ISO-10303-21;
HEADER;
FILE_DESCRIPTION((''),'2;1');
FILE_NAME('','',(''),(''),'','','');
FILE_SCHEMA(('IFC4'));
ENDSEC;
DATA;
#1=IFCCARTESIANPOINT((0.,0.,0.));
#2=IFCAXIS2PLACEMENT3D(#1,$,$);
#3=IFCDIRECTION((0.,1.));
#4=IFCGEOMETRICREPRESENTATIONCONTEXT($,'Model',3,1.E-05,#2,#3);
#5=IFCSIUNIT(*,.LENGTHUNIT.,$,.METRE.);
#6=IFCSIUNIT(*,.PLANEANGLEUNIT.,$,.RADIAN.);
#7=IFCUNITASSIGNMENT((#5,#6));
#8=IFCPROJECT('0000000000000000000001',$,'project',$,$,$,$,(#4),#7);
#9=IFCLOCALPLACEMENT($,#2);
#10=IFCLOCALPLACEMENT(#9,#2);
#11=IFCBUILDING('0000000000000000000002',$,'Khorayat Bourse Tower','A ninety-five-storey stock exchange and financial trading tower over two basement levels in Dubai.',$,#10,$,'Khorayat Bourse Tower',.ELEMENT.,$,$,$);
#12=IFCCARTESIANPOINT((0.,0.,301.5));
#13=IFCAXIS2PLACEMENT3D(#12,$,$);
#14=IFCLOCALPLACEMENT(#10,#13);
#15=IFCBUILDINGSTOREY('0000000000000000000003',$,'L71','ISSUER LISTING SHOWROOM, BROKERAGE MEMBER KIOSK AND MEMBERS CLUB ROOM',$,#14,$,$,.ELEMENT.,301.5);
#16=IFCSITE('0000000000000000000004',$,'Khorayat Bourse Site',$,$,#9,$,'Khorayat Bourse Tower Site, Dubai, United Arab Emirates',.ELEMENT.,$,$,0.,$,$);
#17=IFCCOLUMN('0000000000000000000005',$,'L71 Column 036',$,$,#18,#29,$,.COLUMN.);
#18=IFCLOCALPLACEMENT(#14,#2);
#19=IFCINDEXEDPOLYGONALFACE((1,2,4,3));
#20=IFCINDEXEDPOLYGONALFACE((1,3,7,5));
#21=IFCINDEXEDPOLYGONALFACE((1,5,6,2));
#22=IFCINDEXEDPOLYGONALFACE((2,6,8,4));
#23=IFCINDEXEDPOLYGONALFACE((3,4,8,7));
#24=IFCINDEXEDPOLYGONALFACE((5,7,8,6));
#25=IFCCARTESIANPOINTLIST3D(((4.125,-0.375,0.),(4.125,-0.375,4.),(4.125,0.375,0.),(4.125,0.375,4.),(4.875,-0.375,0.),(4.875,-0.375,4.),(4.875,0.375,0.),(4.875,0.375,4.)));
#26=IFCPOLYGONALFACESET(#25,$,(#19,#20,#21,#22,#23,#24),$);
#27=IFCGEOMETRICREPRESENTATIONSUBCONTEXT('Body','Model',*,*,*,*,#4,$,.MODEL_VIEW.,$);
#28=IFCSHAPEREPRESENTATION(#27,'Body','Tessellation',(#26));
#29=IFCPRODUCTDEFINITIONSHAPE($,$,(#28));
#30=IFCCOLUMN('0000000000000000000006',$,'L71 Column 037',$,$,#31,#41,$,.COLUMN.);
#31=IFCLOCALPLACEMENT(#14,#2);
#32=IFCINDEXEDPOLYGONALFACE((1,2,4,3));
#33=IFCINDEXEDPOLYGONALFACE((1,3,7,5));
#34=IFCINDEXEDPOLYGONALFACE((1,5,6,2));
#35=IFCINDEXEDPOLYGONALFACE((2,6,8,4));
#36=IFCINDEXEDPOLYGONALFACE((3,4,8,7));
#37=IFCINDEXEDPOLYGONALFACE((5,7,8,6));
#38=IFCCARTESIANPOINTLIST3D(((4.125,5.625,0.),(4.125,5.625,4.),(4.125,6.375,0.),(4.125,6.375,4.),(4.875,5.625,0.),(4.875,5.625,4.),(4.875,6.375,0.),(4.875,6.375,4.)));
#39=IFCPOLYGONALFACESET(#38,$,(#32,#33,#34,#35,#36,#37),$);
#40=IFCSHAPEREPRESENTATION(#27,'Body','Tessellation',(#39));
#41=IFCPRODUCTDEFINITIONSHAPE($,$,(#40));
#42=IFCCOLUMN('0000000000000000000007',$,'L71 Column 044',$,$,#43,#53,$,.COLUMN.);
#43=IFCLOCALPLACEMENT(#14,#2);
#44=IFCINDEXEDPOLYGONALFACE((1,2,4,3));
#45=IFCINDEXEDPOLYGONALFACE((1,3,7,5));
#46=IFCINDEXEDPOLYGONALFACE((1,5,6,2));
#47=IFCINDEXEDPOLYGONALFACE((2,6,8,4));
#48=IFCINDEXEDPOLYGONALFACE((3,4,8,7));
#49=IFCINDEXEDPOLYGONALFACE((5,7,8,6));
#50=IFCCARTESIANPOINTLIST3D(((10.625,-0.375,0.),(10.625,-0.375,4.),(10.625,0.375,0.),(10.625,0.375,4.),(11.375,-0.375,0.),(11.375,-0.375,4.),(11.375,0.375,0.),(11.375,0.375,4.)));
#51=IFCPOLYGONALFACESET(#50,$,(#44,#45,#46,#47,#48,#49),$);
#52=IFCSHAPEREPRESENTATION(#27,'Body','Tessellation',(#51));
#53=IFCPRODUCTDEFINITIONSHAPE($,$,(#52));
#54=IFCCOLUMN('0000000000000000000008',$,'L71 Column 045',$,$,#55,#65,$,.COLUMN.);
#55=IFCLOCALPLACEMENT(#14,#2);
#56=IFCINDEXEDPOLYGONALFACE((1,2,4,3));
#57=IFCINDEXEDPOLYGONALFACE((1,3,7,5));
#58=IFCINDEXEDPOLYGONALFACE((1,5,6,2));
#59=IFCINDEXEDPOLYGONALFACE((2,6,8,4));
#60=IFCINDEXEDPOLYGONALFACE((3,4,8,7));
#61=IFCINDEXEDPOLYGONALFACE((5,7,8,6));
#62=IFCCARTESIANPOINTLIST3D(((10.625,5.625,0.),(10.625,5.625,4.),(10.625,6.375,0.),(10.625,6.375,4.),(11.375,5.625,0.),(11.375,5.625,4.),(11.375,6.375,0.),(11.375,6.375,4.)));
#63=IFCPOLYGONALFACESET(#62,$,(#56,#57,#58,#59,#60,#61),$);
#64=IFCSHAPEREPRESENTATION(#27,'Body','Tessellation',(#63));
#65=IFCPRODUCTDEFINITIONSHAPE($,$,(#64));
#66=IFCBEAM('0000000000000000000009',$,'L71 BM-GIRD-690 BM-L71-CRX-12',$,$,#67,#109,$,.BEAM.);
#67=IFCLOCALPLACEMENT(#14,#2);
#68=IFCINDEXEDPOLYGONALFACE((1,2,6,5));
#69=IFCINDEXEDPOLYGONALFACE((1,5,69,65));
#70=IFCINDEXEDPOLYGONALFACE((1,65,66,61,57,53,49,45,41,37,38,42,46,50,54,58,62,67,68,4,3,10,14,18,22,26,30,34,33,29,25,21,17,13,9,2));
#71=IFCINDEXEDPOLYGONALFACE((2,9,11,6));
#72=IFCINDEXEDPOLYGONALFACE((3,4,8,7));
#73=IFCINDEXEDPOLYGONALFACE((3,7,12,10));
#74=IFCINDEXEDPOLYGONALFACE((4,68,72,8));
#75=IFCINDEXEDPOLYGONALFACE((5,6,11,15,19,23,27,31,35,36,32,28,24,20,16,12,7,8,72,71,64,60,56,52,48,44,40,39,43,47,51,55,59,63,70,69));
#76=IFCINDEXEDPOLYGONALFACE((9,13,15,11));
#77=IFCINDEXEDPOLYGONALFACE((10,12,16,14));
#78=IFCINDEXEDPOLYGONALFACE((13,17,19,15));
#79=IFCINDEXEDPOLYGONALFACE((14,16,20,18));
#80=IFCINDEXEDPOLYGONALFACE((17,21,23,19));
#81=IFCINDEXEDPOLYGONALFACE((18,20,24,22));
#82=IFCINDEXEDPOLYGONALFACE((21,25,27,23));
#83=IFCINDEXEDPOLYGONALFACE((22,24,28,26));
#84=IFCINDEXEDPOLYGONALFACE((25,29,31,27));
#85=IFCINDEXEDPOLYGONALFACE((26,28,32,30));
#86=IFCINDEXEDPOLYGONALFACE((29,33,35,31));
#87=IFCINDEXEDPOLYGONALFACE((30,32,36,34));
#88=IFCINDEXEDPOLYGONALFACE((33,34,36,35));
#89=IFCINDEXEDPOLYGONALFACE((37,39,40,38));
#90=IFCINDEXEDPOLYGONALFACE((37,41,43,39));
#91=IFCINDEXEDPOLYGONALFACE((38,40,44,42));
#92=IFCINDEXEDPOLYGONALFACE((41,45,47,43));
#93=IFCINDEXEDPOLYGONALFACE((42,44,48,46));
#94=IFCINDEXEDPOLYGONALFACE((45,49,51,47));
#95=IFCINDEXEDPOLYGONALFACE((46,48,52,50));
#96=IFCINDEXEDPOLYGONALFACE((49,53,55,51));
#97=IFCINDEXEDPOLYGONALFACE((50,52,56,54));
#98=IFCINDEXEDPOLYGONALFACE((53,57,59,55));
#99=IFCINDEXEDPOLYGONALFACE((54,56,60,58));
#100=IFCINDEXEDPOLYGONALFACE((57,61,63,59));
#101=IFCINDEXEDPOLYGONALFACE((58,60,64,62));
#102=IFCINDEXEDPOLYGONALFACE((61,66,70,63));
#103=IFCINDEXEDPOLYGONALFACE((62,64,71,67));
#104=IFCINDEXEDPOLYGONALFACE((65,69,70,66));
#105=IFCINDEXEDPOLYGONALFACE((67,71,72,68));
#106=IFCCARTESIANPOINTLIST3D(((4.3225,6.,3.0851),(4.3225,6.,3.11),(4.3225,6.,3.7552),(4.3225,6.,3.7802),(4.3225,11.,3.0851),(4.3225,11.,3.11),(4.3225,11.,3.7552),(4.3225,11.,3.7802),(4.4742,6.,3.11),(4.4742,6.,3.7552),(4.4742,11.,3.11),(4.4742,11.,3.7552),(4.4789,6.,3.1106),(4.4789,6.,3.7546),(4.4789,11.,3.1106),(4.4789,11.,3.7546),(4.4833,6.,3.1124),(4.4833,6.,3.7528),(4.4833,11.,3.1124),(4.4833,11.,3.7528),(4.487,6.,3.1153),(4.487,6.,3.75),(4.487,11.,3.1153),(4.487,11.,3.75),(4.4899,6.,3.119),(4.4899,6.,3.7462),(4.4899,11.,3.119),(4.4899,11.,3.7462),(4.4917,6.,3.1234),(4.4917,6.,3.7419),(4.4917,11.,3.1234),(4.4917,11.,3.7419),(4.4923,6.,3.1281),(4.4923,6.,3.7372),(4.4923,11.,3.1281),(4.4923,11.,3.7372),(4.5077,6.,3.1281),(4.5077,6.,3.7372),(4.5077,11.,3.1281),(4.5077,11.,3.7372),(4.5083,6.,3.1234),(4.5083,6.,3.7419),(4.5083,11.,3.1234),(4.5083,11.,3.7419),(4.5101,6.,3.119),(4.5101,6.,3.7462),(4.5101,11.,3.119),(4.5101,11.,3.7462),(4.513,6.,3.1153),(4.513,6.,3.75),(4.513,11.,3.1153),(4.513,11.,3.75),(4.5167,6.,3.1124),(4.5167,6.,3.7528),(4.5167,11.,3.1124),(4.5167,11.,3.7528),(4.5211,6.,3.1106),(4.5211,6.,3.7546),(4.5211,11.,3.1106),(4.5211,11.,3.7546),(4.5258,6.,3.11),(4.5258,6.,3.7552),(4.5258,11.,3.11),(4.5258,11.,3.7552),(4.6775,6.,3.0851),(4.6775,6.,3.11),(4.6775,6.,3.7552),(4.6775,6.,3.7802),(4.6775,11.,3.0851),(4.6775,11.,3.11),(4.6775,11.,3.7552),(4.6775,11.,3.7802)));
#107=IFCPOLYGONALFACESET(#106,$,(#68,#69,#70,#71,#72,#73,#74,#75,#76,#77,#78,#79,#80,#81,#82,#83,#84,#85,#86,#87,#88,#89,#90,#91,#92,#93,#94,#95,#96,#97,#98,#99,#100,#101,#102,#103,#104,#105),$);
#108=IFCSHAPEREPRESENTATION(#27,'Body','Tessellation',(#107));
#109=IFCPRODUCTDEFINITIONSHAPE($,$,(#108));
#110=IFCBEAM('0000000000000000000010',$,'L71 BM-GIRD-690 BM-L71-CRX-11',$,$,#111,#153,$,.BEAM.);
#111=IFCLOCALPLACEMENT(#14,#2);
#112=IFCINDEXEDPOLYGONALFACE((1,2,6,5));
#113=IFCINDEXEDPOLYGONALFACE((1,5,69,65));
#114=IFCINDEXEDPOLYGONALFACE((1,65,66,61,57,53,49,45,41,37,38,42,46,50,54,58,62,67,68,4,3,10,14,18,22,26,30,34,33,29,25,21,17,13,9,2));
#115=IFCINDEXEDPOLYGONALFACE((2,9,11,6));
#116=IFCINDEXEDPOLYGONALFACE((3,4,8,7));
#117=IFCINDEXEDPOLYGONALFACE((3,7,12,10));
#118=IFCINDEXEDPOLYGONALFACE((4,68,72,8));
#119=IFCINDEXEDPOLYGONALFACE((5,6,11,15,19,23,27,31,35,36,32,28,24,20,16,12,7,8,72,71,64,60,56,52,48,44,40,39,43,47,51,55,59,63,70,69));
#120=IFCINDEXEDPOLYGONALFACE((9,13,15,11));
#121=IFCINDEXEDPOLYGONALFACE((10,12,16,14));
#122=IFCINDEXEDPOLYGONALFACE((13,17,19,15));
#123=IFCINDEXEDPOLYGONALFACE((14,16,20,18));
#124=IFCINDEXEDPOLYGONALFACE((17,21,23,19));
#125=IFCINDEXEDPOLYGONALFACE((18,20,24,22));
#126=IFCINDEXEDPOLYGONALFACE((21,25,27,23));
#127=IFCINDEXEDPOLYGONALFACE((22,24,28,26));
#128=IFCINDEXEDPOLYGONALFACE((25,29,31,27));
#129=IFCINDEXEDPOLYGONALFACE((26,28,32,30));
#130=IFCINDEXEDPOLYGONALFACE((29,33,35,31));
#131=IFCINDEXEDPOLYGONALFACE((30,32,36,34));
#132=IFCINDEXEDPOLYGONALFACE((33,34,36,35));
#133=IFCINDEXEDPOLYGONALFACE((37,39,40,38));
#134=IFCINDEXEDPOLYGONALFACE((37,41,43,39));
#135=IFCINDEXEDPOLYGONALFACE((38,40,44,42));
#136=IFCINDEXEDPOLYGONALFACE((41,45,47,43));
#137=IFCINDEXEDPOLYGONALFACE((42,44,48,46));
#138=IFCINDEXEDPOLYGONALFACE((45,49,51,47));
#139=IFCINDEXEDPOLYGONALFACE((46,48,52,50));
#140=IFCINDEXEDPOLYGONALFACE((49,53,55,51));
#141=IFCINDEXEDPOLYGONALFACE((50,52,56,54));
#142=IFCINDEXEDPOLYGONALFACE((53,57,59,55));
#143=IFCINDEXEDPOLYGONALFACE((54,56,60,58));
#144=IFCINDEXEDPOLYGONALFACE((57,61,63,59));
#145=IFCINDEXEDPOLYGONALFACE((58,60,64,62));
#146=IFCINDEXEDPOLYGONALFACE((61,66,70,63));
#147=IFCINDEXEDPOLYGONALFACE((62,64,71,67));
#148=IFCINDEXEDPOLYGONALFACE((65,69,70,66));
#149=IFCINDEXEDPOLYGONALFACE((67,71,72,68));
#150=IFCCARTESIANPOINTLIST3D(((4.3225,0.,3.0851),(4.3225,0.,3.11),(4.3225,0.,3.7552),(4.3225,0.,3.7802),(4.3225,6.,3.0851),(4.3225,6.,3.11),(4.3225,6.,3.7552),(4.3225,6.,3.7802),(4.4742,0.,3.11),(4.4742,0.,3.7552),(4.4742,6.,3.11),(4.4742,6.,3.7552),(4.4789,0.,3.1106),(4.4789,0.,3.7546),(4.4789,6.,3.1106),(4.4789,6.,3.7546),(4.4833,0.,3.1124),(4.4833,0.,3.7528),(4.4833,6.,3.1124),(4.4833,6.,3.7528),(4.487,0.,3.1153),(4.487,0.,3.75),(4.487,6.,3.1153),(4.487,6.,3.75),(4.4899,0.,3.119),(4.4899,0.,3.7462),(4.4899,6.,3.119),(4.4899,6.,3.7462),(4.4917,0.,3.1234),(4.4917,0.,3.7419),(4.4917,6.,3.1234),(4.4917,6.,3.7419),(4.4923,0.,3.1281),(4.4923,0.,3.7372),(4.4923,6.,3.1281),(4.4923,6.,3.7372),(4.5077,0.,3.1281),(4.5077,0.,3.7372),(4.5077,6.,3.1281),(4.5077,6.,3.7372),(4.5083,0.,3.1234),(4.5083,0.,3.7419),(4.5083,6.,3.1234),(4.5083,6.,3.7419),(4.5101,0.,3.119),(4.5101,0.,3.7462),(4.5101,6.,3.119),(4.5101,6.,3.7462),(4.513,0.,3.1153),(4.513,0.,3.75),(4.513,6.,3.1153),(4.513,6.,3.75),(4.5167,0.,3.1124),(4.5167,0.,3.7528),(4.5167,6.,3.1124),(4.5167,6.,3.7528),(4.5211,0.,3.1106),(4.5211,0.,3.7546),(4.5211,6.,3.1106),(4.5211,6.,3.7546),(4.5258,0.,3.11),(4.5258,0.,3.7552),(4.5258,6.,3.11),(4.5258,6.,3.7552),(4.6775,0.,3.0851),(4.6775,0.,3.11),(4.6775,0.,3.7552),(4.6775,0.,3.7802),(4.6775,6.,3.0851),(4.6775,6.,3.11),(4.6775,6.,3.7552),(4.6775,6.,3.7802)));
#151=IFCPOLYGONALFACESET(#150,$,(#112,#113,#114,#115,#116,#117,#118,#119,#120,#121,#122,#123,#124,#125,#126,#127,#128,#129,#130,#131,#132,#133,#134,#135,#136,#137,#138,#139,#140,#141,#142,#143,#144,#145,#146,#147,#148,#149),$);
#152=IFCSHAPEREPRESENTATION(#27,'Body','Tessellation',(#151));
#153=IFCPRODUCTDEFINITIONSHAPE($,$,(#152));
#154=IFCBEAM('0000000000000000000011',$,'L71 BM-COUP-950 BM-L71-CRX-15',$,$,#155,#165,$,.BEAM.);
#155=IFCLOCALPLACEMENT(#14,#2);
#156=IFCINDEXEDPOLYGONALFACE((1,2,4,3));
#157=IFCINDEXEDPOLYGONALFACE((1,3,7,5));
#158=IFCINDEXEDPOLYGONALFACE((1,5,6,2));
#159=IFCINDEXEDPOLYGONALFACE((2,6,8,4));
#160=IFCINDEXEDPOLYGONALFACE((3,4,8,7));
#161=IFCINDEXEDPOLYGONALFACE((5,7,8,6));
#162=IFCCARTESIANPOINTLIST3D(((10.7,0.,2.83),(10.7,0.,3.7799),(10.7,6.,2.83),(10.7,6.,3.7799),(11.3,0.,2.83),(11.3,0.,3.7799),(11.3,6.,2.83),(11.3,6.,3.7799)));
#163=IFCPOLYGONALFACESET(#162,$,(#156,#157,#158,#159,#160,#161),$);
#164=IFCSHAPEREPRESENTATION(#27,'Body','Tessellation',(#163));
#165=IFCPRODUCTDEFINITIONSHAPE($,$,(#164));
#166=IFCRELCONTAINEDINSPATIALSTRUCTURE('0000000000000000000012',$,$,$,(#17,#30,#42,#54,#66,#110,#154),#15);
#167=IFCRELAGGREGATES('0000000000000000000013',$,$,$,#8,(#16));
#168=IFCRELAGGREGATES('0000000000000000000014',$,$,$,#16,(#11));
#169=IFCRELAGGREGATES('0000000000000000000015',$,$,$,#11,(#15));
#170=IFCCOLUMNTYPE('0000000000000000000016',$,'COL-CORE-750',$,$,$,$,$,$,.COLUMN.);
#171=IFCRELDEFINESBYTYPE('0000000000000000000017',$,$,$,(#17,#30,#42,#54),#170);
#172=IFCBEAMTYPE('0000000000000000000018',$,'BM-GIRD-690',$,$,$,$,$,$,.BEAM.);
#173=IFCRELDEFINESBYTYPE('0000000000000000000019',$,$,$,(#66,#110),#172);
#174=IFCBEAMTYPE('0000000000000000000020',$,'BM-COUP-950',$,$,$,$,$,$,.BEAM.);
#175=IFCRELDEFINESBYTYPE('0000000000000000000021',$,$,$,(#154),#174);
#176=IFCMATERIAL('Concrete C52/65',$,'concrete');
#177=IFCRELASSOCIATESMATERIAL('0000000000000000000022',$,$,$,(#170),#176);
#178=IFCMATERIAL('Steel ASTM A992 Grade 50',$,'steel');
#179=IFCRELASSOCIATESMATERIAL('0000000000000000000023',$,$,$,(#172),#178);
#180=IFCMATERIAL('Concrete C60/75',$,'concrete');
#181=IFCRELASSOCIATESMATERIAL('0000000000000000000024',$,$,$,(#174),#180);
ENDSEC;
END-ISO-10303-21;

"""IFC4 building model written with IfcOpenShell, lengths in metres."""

from ifc_helpers import new_model, si_unit, direction, frame, origin, origin_2d, place, context, subcontext, project, spatial, rectangle, i_section, extrude, source, transform, mapped, material, material_profile, profile_set, type_object, element, save


model = new_model("IFC4")

# Units and contexts
model_context = context("Model", 3, precision=1e-05, world=origin(), true_north=direction((0.0, 1.0)))
body_context = subcontext(model_context, "Body", "Model", "MODEL_VIEW")
ifc_project = project(units=[si_unit("LENGTHUNIT", "METRE"), si_unit("PLANEANGLEUNIT", "RADIAN")], contexts=[model_context])

# Site, building, storey
site_placement = place(None, origin())
site = spatial("IfcSite", under=ifc_project, at=site_placement, Name="Khorayat Bourse Site", LongName="Khorayat Bourse Tower Site, Dubai, United Arab Emirates", CompositionType="ELEMENT", RefElevation=0.0)
building_placement = place(site_placement, origin())
building = spatial("IfcBuilding", under=site, at=building_placement, Name="Khorayat Bourse Tower", Description="A ninety-five-storey stock exchange and financial trading tower over two basement levels in Dubai.", LongName="Khorayat Bourse Tower", CompositionType="ELEMENT")
storey_placement = place(building_placement, frame((0.0, 0.0, 301.5)))
storey = spatial("IfcBuildingStorey", under=building, at=storey_placement, Name="L71", Description="ISSUER LISTING SHOWROOM, BROKERAGE MEMBER KIOSK AND MEMBERS CLUB ROOM", CompositionType="ELEMENT", Elevation=301.5)

# Columns
ifc_material_1 = material(Name="Concrete C52/65", Category="concrete")
ifc_material_profile_1 = material_profile(ifc_material_1, rectangle(XDim=0.75, YDim=0.75, at=origin_2d()), Name="RC 750x750")
ifc_profile_set_1 = profile_set([ifc_material_profile_1], Name="Concrete C52/65")
column_type = type_object("IfcColumnType", Name="COL-CORE-750", PredefinedType="COLUMN", material=ifc_profile_set_1)
shared_shape_1 = source(origin(), body_context, "Body", "SweptSolid", [
    extrude(rectangle(XDim=0.75, YDim=0.75, at=origin_2d()), origin(), (0.0, 0.0, 1.0), 4.0),
])
for number, where, z_axis, x_axis, name in (
    (1, (4.5, 0.0, 0.0), (0.0, 0.0, 1.0), (1.0, 0.0, 0.0), "L71 Column 036"),
    (2, (4.5, 6.0, 0.0), (0.0, 0.0, 1.0), (1.0, 0.0, 0.0), "L71 Column 037"),
    (3, (11.0, 0.0, 0.0), (0.0, 0.0, 1.0), (1.0, 0.0, 0.0), "L71 Column 044"),
    (4, (11.0, 6.0, 0.0), (0.0, 0.0, 1.0), (1.0, 0.0, 0.0), "L71 Column 045"),
):
    element("IfcColumn", number, at=place(storey_placement, frame(where, z_axis=z_axis, x_axis=x_axis)), inside=storey, type_object=column_type, Name=name, PredefinedType="COLUMN", context=body_context, shape_type="MappedRepresentation", body=[
        mapped(shared_shape_1, transform((0.0, 0.0, 0.0), scale=1.0)),
    ])

# Beams
ifc_material_2 = material(Name="Steel ASTM A992 Grade 50", Category="steel")
ifc_material_profile_2 = material_profile(ifc_material_2, i_section(OverallWidth=0.355, OverallDepth=0.6951, WebThickness=0.0154, FlangeThickness=0.0249, FilletRadius=0.0181, at=origin_2d()), Name="W690X217")
ifc_profile_set_2 = profile_set([ifc_material_profile_2], Name="Steel ASTM A992 Grade 50")
beam_type_1 = type_object("IfcBeamType", Name="BM-GIRD-690", PredefinedType="BEAM", material=ifc_profile_set_2)
shared_shape_2 = source(origin(), body_context, "Body", "SweptSolid", [
    extrude(i_section(OverallWidth=0.355, OverallDepth=0.6951, WebThickness=0.0154, FlangeThickness=0.0249, FilletRadius=0.0181, at=origin_2d()), origin(), (0.0, 0.0, 1.0), 5.0),
])
beam_1_placement = place(storey_placement, frame((4.5, 6.0, 3.4326), z_axis=(0.0, 1.0, 0.0), x_axis=(-1.0, 0.0, 0.0)))
element("IfcBeam", 5, at=beam_1_placement, inside=storey, type_object=beam_type_1, Name="L71 BM-GIRD-690 BM-L71-CRX-12", PredefinedType="BEAM", context=body_context, shape_type="MappedRepresentation", body=[
    mapped(shared_shape_2, transform((0.0, 0.0, 0.0), scale=1.0)),
])
shared_shape_3 = source(origin(), body_context, "Body", "SweptSolid", [
    extrude(i_section(OverallWidth=0.355, OverallDepth=0.6951, WebThickness=0.0154, FlangeThickness=0.0249, FilletRadius=0.0181, at=origin_2d()), origin(), (0.0, 0.0, 1.0), 6.0),
])
beam_2_placement = place(storey_placement, frame((4.5, 0.0, 3.4326), z_axis=(0.0, 1.0, 0.0), x_axis=(-1.0, 0.0, 0.0)))
element("IfcBeam", 6, at=beam_2_placement, inside=storey, type_object=beam_type_1, Name="L71 BM-GIRD-690 BM-L71-CRX-11", PredefinedType="BEAM", context=body_context, shape_type="MappedRepresentation", body=[
    mapped(shared_shape_3, transform((0.0, 0.0, 0.0), scale=1.0)),
])
ifc_material_3 = material(Name="Concrete C60/75", Category="concrete")
ifc_material_profile_3 = material_profile(ifc_material_3, rectangle(XDim=0.6001, YDim=0.95, at=origin_2d()), Name="RC 600x950")
ifc_profile_set_3 = profile_set([ifc_material_profile_3], Name="Concrete C60/75")
beam_type_2 = type_object("IfcBeamType", Name="BM-COUP-950", PredefinedType="BEAM", material=ifc_profile_set_3)
shared_shape_4 = source(origin(), body_context, "Body", "SweptSolid", [
    extrude(rectangle(XDim=0.6001, YDim=0.95, at=origin_2d()), origin(), (0.0, 0.0, 1.0), 6.0),
])
beam_3_placement = place(storey_placement, frame((11.0, 0.0, 3.3049), z_axis=(0.0, 1.0, 0.0), x_axis=(-1.0, 0.0, 0.0)))
element("IfcBeam", 7, at=beam_3_placement, inside=storey, type_object=beam_type_2, Name="L71 BM-COUP-950 BM-L71-CRX-15", PredefinedType="BEAM", context=body_context, shape_type="MappedRepresentation", body=[
    mapped(shared_shape_4, transform((0.0, 0.0, 0.0), scale=1.0)),
])

save(model, "model.ifc")
